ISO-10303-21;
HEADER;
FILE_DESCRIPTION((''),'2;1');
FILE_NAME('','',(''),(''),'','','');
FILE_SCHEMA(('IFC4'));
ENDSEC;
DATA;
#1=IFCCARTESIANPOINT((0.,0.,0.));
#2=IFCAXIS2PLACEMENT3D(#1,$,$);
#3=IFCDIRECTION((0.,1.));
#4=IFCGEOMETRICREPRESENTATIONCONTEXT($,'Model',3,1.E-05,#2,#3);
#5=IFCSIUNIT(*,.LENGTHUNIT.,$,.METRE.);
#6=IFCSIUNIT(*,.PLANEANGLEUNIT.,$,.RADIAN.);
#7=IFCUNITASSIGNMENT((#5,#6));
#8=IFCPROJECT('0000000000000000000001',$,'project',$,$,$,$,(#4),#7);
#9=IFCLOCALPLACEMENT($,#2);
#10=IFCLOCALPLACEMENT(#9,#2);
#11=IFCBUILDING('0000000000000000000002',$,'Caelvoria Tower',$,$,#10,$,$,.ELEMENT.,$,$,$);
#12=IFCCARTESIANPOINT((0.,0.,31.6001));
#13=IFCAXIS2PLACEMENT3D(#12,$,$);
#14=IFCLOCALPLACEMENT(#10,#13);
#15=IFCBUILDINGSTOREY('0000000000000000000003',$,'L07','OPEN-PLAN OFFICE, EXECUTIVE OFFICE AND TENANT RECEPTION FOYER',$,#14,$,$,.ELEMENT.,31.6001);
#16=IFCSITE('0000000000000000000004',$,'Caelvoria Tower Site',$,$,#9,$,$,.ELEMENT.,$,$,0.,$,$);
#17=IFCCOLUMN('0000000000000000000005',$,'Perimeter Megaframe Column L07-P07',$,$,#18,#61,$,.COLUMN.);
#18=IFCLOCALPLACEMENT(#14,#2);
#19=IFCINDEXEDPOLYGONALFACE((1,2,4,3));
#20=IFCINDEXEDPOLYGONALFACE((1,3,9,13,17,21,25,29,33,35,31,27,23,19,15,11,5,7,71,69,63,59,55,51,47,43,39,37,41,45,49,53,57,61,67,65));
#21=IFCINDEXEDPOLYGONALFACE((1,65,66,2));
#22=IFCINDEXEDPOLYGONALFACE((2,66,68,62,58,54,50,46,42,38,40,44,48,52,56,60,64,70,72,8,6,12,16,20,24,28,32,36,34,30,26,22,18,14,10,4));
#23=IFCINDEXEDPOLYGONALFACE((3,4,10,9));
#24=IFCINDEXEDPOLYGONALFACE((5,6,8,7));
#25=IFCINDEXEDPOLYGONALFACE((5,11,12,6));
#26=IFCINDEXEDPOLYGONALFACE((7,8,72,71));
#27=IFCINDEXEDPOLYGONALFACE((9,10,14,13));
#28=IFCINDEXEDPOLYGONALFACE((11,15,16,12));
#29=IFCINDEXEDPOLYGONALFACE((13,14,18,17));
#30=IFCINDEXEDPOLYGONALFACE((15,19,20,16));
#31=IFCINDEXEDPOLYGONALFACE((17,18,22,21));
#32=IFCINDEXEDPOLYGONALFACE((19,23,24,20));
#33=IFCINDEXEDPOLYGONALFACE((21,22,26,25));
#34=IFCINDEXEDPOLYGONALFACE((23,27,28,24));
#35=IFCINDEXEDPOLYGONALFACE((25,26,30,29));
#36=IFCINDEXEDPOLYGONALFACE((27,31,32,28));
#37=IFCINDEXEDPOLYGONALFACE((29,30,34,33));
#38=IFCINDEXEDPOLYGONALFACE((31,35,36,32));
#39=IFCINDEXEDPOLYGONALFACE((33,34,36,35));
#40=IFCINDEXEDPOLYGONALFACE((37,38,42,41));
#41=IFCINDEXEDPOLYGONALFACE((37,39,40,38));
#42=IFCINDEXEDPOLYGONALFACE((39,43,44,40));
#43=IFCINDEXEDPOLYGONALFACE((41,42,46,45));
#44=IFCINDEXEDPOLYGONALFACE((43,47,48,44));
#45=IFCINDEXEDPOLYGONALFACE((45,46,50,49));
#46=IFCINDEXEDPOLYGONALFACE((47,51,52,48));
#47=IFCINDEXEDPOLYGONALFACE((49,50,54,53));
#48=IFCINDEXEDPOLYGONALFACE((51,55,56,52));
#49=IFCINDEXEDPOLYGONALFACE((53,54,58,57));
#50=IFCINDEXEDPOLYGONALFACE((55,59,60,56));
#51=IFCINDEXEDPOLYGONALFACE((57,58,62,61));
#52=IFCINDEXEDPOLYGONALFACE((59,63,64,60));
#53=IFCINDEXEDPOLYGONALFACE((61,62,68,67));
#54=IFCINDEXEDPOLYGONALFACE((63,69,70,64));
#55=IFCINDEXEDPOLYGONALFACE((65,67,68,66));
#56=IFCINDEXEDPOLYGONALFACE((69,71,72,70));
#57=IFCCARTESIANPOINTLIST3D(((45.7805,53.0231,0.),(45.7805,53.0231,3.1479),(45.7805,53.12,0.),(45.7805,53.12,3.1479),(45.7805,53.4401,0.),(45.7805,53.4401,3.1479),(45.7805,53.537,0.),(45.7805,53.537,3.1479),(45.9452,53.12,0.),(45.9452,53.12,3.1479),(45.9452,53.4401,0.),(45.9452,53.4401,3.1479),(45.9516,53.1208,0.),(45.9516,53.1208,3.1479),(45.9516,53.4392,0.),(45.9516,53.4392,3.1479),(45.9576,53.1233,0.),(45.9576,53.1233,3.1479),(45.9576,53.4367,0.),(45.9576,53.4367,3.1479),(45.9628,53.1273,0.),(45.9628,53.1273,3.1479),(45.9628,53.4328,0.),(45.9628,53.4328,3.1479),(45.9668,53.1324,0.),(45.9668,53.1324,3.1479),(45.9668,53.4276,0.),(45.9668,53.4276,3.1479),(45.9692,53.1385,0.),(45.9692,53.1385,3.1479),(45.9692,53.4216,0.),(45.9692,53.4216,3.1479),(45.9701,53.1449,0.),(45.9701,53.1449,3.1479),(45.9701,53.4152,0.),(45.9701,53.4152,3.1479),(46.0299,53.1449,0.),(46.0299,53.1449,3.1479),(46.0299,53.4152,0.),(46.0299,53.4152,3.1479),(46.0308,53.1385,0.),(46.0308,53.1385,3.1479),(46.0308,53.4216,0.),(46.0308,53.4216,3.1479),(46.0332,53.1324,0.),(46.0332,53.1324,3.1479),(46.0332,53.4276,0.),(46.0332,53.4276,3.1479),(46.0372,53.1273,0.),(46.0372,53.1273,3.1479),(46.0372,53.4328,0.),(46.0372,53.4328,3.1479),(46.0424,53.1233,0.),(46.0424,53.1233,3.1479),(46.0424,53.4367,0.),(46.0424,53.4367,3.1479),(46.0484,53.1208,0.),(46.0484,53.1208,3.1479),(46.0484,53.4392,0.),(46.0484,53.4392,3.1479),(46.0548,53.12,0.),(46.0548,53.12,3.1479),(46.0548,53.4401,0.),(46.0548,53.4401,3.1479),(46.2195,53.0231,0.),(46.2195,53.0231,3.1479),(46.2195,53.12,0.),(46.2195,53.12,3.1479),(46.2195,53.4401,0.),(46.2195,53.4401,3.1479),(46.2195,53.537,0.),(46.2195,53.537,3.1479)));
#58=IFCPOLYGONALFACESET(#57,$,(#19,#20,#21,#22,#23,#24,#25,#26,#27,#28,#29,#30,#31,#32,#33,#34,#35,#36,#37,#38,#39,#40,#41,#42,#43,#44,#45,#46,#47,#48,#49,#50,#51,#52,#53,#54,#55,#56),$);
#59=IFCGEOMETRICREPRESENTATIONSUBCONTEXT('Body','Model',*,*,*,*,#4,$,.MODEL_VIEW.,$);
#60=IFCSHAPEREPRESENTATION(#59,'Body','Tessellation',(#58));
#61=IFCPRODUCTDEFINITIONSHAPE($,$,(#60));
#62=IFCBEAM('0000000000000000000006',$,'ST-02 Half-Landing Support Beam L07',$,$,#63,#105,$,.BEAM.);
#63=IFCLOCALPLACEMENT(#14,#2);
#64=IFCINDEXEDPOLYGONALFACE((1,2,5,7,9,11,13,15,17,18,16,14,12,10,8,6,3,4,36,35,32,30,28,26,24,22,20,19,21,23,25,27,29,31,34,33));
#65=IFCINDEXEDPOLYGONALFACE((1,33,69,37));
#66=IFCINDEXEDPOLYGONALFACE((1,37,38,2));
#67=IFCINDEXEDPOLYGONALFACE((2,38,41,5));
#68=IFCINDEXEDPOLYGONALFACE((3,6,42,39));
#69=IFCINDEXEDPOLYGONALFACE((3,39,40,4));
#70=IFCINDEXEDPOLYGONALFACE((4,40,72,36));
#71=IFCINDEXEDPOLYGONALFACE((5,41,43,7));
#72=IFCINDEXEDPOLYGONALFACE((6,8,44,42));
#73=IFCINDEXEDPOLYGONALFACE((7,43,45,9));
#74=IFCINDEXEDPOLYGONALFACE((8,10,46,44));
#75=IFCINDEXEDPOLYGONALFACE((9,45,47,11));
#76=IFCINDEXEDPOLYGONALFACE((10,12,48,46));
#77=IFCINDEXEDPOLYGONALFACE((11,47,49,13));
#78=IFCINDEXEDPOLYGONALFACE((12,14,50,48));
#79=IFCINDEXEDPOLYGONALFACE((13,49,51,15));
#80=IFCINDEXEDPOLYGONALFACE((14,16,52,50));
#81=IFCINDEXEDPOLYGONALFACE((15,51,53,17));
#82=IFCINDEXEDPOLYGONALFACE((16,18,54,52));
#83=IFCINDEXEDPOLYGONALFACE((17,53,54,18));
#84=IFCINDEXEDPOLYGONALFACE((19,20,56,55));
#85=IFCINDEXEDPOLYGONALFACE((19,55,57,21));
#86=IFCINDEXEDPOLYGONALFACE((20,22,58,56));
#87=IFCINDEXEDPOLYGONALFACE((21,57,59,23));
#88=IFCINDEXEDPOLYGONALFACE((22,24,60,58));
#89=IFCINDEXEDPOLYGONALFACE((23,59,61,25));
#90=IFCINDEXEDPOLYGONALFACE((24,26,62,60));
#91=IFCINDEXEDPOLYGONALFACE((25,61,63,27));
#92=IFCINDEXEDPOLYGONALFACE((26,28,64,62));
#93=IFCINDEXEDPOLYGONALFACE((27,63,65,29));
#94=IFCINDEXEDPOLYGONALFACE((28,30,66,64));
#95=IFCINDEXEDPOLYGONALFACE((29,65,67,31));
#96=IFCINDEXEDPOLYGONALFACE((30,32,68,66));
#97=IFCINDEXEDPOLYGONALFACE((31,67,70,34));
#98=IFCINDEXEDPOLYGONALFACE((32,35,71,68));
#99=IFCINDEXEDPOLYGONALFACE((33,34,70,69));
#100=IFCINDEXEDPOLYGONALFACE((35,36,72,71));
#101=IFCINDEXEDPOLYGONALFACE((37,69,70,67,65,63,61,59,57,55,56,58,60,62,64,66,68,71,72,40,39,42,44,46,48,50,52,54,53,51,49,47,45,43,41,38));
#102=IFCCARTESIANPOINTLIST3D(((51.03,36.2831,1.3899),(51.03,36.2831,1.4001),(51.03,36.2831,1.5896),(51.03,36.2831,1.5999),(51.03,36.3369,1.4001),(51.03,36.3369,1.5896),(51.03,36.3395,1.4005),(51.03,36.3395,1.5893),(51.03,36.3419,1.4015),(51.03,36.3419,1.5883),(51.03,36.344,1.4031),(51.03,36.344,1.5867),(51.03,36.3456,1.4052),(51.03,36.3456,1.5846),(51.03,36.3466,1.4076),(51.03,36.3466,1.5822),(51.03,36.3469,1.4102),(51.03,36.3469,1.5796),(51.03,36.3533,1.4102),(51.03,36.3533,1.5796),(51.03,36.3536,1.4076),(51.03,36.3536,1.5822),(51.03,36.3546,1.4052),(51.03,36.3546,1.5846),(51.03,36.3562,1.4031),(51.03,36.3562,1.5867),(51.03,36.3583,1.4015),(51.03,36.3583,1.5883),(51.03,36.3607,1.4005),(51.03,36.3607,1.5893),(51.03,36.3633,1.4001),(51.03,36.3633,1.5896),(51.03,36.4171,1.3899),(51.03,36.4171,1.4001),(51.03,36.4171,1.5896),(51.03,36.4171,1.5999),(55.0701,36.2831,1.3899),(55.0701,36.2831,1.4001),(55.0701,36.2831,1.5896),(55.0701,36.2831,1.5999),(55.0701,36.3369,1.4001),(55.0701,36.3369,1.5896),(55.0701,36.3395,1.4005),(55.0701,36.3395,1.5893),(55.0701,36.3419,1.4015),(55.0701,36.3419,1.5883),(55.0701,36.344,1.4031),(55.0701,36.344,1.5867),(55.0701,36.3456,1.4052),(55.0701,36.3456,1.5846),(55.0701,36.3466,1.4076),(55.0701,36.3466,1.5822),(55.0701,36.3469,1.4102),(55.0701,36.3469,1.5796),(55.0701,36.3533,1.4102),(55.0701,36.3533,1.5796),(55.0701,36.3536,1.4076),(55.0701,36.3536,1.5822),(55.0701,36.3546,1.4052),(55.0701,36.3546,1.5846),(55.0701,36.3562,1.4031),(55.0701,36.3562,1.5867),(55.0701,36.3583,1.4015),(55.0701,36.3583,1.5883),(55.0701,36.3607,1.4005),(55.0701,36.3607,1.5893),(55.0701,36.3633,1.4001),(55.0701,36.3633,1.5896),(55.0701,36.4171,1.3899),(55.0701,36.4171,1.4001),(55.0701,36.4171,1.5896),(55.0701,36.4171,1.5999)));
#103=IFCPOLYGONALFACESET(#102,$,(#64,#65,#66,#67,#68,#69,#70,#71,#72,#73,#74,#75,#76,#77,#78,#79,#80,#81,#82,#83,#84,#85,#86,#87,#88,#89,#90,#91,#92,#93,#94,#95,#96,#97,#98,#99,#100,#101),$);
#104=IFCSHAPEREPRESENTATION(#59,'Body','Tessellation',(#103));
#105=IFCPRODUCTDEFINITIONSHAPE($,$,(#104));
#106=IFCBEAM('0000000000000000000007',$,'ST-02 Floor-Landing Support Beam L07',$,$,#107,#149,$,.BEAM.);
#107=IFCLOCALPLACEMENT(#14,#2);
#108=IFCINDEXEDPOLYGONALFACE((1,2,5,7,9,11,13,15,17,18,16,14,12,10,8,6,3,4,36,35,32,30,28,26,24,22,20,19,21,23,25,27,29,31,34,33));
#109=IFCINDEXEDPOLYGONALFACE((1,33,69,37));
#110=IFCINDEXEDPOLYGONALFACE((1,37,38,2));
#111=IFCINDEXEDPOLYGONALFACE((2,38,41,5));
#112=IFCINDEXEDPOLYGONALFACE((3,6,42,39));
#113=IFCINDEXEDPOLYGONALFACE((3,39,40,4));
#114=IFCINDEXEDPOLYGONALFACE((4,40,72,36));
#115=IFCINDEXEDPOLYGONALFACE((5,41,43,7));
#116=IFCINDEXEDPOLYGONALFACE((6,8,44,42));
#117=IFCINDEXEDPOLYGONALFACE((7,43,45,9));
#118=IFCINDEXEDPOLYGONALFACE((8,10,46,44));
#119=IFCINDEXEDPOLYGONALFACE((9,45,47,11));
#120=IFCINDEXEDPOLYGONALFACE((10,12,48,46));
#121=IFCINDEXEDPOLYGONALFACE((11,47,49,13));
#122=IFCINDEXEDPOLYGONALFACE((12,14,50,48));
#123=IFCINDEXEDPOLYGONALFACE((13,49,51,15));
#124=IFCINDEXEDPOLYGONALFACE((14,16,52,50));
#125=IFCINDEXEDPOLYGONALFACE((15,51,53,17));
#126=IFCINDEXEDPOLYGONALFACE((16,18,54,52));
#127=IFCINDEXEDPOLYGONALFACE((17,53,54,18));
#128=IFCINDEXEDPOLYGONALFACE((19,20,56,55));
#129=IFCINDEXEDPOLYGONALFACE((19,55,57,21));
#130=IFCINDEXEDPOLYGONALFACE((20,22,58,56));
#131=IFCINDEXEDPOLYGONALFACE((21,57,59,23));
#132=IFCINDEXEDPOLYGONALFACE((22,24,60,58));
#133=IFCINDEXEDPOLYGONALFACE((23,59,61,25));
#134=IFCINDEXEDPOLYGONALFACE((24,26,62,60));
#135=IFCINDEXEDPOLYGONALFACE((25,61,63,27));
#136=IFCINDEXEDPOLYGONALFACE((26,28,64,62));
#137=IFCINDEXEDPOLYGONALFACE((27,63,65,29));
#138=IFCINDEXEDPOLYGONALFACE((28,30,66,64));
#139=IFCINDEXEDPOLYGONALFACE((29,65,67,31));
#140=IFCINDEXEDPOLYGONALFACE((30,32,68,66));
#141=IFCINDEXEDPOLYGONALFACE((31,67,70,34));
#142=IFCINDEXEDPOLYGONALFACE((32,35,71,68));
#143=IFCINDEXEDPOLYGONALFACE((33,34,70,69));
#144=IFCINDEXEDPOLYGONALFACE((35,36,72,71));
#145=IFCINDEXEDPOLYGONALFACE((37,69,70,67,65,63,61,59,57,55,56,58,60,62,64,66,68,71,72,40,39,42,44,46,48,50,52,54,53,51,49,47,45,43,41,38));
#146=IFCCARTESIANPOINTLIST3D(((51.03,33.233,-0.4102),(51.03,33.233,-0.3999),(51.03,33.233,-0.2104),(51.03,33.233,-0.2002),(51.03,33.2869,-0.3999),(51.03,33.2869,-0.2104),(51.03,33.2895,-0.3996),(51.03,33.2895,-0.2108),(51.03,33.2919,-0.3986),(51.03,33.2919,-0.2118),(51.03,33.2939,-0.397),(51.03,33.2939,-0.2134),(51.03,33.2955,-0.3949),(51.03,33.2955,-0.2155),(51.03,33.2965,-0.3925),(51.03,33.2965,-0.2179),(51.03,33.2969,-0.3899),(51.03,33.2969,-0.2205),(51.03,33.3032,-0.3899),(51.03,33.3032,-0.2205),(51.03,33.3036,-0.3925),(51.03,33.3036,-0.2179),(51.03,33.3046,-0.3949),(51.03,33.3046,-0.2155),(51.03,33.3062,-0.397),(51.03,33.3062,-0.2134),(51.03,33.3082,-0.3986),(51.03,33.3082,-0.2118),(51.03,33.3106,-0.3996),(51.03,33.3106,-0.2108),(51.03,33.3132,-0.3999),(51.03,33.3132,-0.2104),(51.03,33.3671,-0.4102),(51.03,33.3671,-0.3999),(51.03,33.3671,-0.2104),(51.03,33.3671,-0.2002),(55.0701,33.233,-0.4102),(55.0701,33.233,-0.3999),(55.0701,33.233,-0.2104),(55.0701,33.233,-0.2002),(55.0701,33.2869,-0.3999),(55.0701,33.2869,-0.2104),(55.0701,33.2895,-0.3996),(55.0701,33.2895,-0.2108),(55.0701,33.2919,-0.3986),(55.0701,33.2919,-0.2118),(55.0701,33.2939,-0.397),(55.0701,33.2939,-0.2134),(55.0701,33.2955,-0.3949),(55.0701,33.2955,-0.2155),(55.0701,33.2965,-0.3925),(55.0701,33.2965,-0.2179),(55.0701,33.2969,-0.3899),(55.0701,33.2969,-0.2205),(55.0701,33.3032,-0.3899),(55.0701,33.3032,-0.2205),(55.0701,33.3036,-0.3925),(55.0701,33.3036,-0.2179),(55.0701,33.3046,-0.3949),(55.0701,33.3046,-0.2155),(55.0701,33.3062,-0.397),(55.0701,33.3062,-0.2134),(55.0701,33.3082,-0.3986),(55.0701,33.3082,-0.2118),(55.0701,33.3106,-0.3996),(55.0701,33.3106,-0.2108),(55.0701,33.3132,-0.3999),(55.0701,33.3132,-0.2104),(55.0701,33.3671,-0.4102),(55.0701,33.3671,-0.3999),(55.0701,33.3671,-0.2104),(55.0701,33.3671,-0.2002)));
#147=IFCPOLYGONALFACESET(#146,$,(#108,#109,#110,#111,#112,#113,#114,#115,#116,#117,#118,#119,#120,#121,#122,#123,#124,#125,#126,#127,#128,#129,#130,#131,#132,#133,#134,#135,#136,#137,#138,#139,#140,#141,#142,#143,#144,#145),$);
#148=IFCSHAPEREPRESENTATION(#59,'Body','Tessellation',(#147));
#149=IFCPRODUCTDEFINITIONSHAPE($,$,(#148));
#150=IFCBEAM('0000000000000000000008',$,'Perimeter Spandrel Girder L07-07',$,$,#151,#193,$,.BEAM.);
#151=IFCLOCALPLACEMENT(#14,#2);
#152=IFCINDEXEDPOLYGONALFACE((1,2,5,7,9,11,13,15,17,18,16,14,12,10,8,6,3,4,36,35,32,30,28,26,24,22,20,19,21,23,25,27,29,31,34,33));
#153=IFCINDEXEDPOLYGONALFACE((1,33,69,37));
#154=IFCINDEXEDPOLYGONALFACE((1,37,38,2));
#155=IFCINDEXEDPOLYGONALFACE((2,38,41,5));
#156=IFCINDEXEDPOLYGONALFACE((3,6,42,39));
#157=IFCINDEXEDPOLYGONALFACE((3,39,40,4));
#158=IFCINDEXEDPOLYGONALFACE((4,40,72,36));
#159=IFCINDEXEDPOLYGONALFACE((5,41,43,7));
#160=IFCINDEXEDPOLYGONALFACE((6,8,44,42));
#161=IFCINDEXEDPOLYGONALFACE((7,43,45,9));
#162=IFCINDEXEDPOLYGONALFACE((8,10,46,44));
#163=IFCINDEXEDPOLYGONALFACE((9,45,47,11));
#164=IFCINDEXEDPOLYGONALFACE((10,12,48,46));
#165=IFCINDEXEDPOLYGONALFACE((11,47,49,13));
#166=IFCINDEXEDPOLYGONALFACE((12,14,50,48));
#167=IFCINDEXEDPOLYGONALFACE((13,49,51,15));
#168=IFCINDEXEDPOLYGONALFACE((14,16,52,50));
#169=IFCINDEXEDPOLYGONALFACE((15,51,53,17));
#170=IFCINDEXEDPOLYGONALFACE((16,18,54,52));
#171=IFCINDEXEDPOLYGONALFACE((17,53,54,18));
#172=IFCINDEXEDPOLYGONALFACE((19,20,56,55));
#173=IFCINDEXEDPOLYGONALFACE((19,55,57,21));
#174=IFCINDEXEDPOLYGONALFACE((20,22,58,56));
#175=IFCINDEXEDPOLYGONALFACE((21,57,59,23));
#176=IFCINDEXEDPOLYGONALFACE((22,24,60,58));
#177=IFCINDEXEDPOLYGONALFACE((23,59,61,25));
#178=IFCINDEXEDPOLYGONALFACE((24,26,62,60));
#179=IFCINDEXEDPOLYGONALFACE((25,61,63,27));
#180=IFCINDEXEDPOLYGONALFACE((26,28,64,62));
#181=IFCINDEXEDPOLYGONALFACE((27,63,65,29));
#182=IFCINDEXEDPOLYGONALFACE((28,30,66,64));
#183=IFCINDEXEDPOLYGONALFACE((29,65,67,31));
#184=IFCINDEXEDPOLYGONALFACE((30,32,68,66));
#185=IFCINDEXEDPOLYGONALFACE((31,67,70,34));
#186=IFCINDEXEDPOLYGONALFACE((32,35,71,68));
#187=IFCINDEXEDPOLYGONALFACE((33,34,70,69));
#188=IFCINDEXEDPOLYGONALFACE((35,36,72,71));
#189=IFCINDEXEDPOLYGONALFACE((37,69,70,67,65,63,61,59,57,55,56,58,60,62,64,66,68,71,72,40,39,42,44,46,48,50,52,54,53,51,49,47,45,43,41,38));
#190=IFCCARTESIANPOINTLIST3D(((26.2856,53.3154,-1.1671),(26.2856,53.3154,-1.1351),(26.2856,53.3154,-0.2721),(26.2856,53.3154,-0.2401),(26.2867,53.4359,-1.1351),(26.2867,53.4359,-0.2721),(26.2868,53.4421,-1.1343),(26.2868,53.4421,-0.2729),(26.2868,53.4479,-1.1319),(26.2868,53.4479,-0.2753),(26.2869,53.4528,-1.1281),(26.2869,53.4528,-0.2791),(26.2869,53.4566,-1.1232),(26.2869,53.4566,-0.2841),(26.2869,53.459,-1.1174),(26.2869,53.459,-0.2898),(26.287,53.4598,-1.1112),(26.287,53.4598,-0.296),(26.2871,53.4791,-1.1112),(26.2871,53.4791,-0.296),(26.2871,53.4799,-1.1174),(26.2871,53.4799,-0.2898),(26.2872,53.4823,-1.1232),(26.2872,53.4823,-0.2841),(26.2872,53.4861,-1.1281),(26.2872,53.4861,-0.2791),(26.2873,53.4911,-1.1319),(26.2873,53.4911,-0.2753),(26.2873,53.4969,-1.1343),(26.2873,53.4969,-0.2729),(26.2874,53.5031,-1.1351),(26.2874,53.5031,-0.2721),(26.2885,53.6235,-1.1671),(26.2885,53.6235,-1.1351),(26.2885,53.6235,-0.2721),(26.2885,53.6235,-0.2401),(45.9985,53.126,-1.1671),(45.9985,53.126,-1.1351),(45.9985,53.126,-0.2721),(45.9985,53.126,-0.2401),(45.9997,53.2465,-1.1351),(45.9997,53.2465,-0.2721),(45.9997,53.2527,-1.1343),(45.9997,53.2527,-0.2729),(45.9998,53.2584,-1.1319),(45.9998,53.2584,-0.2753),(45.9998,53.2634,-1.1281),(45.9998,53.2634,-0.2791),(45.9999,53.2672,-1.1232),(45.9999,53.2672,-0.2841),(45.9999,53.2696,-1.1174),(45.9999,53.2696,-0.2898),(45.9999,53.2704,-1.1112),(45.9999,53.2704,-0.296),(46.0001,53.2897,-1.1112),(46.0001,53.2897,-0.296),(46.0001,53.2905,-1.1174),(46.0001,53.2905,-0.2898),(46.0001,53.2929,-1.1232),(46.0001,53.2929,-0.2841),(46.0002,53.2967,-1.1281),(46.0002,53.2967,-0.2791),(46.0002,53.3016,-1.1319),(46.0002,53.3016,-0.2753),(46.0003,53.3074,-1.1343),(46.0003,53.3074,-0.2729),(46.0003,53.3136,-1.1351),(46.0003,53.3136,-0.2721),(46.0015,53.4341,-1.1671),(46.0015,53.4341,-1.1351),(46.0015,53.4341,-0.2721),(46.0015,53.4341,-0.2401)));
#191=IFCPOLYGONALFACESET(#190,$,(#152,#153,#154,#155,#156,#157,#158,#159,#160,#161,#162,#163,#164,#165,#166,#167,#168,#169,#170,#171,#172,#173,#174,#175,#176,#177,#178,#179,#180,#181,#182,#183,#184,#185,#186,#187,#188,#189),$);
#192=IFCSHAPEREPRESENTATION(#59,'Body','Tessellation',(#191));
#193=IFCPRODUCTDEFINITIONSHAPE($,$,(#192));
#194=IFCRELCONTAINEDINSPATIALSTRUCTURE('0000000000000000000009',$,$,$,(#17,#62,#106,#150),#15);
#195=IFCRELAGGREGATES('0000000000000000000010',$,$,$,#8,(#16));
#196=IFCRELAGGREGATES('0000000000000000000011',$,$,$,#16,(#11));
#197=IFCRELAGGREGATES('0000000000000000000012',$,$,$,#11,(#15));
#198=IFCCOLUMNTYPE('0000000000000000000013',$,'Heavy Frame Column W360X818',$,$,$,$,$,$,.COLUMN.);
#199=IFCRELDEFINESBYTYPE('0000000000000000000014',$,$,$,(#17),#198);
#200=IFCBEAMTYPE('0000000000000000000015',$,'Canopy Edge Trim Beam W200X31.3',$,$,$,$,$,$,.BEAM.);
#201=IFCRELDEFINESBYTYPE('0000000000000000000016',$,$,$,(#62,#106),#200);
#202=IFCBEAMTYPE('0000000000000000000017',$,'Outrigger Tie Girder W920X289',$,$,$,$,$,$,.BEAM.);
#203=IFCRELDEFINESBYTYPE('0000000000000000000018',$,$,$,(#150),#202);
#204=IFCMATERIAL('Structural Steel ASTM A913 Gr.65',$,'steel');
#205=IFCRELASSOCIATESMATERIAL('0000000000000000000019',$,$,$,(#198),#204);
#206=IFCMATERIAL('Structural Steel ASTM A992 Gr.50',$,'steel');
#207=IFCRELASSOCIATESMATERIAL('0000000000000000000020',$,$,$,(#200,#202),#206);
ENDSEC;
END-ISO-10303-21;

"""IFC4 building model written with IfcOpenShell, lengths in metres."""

from ifc_helpers import new_model, si_unit, direction, frame, origin, origin_2d, place, context, subcontext, project, spatial, i_section, extrude, material, material_profile, profile_set, type_object, element, save


model = new_model("IFC4")

# Units and contexts
model_context = context("Model", 3, precision=1e-05, world=origin(), true_north=direction((0.0, 1.0)))
body_context = subcontext(model_context, "Body", "Model", "MODEL_VIEW")
ifc_project = project(units=[si_unit("LENGTHUNIT", "METRE"), si_unit("PLANEANGLEUNIT", "RADIAN")], contexts=[model_context])

# Site, building, storey
site_placement = place(None, origin())
site = spatial("IfcSite", under=ifc_project, at=site_placement, Name="Caelvoria Tower Site", CompositionType="ELEMENT", RefElevation=0.0)
building_placement = place(site_placement, origin())
building = spatial("IfcBuilding", under=site, at=building_placement, Name="Caelvoria Tower", CompositionType="ELEMENT")
storey_placement = place(building_placement, frame((0.0, 0.0, 31.6001)))
storey = spatial("IfcBuildingStorey", under=building, at=storey_placement, Name="L07", Description="OPEN-PLAN OFFICE, EXECUTIVE OFFICE AND TENANT RECEPTION FOYER", CompositionType="ELEMENT", Elevation=31.6001)

# Column
ifc_material_1 = material(Name="Structural Steel ASTM A913 Gr.65", Category="steel")
ifc_material_profile_1 = material_profile(ifc_material_1, i_section(OverallWidth=0.439, OverallDepth=0.5139, WebThickness=0.0598, FlangeThickness=0.0969, FilletRadius=0.0249, at=origin_2d()), Name="Structural Steel ASTM A913 Gr.65")
ifc_profile_set_1 = profile_set([ifc_material_profile_1], Name="W360X818 - Structural Steel ASTM A913 Gr.65")
column_type = type_object("IfcColumnType", Name="Heavy Frame Column W360X818", PredefinedType="COLUMN", material=ifc_profile_set_1)
column_placement = place(storey_placement, frame((46.0, 53.28, 0.0), z_axis=(0.0, 0.0, 1.0), x_axis=(1.0, 0.0, 0.0)))
element("IfcColumn", 1, at=column_placement, inside=storey, type_object=column_type, Name="Perimeter Megaframe Column L07-P07", PredefinedType="COLUMN", context=body_context, shape_type="SweptSolid", body=[
    extrude(i_section(OverallWidth=0.439, OverallDepth=0.5139, WebThickness=0.0598, FlangeThickness=0.0969, FilletRadius=0.0249, at=origin_2d()), origin(), (0.0, 0.0, 1.0), 3.1479),
])

# Beams
ifc_material_2 = material(Name="Structural Steel ASTM A992 Gr.50", Category="steel")
ifc_material_profile_2 = material_profile(ifc_material_2, i_section(OverallWidth=0.134, OverallDepth=0.21, WebThickness=0.0063, FlangeThickness=0.0103, FilletRadius=0.01, at=origin_2d()), Name="Structural Steel ASTM A992 Gr.50")
ifc_profile_set_2 = profile_set([ifc_material_profile_2], Name="W200X31.3 - Structural Steel ASTM A992 Gr.50")
beam_type_1 = type_object("IfcBeamType", Name="Canopy Edge Trim Beam W200X31.3", PredefinedType="BEAM", material=ifc_profile_set_2)
for number, where, z_axis, x_axis, name in (
    (2, (51.03, 36.3501, 1.4949), (1.0, 0.0, 0.0), (0.0, 1.0, 0.0), "ST-02 Half-Landing Support Beam L07"),
    (3, (51.03, 33.3, -0.3052), (1.0, 0.0, 0.0), (0.0, 1.0, 0.0), "ST-02 Floor-Landing Support Beam L07"),
):
    element("IfcBeam", number, at=place(storey_placement, frame(where, z_axis=z_axis, x_axis=x_axis)), inside=storey, type_object=beam_type_1, Name=name, PredefinedType="BEAM", context=body_context, shape_type="SweptSolid", body=[
        extrude(i_section(OverallWidth=0.134, OverallDepth=0.21, WebThickness=0.0063, FlangeThickness=0.0103, FilletRadius=0.01, at=origin_2d()), origin(), (0.0, 0.0, 1.0), 4.04),
    ])
ifc_material_profile_3 = material_profile(ifc_material_2, i_section(OverallWidth=0.3081, OverallDepth=0.927, WebThickness=0.0193, FlangeThickness=0.032, FilletRadius=0.0239, at=origin_2d()), Name="Structural Steel ASTM A992 Gr.50")
ifc_profile_set_3 = profile_set([ifc_material_profile_3], Name="W920X289 - Structural Steel ASTM A992 Gr.50")
beam_type_2 = type_object("IfcBeamType", Name="Outrigger Tie Girder W920X289", PredefinedType="BEAM", material=ifc_profile_set_3)
beam_1_placement = place(storey_placement, frame((46.0, 53.28, -0.7036), z_axis=(-0.999954, 0.00961, 0.0), x_axis=(-0.00961, -0.999954, 0.0)))
element("IfcBeam", 4, at=beam_1_placement, inside=storey, type_object=beam_type_2, Name="Perimeter Spandrel Girder L07-07", PredefinedType="BEAM", context=body_context, shape_type="SweptSolid", body=[
    extrude(i_section(OverallWidth=0.3081, OverallDepth=0.927, WebThickness=0.0193, FlangeThickness=0.032, FilletRadius=0.0239, at=origin_2d()), origin(), (0.0, 0.0, 1.0), 19.7139),
])

save(model, "model.ifc")
